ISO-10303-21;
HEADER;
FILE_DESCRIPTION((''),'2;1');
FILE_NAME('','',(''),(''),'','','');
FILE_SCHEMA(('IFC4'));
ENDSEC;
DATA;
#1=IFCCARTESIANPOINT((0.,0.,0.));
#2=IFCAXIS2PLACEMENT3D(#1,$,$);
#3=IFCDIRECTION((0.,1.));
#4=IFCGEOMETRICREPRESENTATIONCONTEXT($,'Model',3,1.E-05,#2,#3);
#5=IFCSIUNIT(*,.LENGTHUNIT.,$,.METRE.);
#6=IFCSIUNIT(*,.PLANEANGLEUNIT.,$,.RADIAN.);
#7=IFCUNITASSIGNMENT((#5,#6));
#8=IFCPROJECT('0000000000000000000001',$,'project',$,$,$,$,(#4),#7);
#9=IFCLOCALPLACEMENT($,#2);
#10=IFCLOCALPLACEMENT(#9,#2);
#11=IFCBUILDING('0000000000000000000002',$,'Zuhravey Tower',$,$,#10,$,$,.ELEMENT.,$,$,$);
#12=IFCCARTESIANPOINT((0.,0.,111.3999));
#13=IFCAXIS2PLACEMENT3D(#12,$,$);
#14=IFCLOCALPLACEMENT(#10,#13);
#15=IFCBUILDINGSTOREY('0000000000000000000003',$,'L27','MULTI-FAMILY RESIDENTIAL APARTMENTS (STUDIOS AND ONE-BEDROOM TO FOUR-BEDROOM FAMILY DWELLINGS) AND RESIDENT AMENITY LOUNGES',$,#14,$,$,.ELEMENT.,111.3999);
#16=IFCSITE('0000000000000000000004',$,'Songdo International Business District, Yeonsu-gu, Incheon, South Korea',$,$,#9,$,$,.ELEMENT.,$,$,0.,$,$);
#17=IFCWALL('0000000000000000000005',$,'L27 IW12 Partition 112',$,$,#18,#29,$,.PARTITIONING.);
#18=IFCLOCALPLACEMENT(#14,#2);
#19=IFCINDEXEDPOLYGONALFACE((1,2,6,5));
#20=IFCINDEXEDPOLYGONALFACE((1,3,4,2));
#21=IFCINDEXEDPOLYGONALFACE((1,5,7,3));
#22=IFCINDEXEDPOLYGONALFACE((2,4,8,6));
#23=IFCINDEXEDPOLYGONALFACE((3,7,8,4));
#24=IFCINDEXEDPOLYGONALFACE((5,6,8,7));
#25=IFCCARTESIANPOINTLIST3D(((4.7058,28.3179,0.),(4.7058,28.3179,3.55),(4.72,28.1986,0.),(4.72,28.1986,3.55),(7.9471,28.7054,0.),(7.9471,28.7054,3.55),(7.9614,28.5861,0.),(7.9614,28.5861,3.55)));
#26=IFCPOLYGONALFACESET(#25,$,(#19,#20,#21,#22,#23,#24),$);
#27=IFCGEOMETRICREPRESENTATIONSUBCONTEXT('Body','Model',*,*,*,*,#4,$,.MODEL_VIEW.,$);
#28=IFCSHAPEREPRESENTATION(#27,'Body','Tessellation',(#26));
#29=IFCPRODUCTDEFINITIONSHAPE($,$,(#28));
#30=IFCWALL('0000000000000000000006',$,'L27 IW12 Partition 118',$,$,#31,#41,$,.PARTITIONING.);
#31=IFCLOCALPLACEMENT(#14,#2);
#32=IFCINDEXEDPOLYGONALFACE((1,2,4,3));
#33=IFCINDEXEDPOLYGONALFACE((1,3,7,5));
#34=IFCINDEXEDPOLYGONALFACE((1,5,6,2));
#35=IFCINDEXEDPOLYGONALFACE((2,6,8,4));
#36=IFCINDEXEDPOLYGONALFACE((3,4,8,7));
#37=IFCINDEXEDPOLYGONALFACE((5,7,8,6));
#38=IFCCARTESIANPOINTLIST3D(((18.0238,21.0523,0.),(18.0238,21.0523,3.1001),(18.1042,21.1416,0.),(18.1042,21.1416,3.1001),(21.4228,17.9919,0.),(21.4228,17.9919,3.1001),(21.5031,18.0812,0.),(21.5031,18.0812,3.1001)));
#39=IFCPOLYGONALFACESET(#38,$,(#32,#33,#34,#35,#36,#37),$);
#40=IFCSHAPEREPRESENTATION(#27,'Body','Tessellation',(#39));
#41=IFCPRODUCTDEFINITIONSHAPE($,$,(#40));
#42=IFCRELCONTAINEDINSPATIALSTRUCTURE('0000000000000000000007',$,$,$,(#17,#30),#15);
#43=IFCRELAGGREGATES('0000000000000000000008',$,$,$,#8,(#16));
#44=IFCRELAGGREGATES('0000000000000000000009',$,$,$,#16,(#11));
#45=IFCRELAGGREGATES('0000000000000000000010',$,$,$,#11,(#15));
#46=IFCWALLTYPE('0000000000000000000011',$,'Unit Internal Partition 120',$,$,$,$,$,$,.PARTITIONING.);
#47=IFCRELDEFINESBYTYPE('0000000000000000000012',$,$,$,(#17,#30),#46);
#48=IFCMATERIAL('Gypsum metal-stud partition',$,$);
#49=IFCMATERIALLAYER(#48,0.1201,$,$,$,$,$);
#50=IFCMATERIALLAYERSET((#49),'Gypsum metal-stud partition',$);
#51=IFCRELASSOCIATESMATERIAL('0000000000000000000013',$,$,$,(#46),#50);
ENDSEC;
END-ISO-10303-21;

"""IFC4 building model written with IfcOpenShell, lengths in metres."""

from ifc_helpers import new_model, si_unit, direction, frame, frame_2d, origin, place, context, subcontext, project, spatial, rectangle, extrude, material, layer, layer_set, type_object, element, save


model = new_model("IFC4")

# Units and contexts
model_context = context("Model", 3, precision=1e-05, world=origin(), true_north=direction((0.0, 1.0)))
body_context = subcontext(model_context, "Body", "Model", "MODEL_VIEW")
ifc_project = project(units=[si_unit("LENGTHUNIT", "METRE"), si_unit("PLANEANGLEUNIT", "RADIAN")], contexts=[model_context])

# Site, building, storey
site_placement = place(None, origin())
site = spatial("IfcSite", under=ifc_project, at=site_placement, Name="Songdo International Business District, Yeonsu-gu, Incheon, South Korea", CompositionType="ELEMENT", RefElevation=0.0)
building_placement = place(site_placement, origin())
building = spatial("IfcBuilding", under=site, at=building_placement, Name="Zuhravey Tower", CompositionType="ELEMENT")
storey_placement = place(building_placement, frame((0.0, 0.0, 111.3999)))
storey = spatial("IfcBuildingStorey", under=building, at=storey_placement, Name="L27", Description="MULTI-FAMILY RESIDENTIAL APARTMENTS (STUDIOS AND ONE-BEDROOM TO FOUR-BEDROOM FAMILY DWELLINGS) AND RESIDENT AMENITY LOUNGES", CompositionType="ELEMENT", Elevation=111.3999)

# Shared definitions
ifc_material_1 = material(Name="Gypsum metal-stud partition")
ifc_layer_1 = layer(ifc_material_1, 0.1201)
ifc_layer_set_1 = layer_set([ifc_layer_1], Name="Gypsum metal-stud partition")
wall_type_1 = type_object("IfcWallType", Name="Unit Internal Partition 120", PredefinedType="PARTITIONING", material=ifc_layer_set_1)

# Walls
wall_1_placement = place(storey_placement, frame((7.9543, 28.6458, 0.0), z_axis=(0.0, 0.0, 1.0), x_axis=(-0.992931, -0.118694, 0.0)))
element("IfcWall", 1, at=wall_1_placement, inside=storey, type_object=wall_type_1, Name="L27 IW12 Partition 112", PredefinedType="PARTITIONING", context=body_context, shape_type="SweptSolid", body=[
    extrude(rectangle(XDim=3.2644, YDim=0.1201, at=frame_2d((1.6323, 0.0))), origin(), (0.0, 0.0, 1.0), 3.55),
])
wall_2_placement = place(storey_placement, frame((18.064, 21.0969, 0.0), z_axis=(0.0, 0.0, 1.0), x_axis=(0.743156, -0.669118, 0.0)))
element("IfcWall", 2, at=wall_2_placement, inside=storey, type_object=wall_type_1, Name="L27 IW12 Partition 118", PredefinedType="PARTITIONING", context=body_context, shape_type="SweptSolid", body=[
    extrude(rectangle(XDim=4.5737, YDim=0.1201, at=frame_2d((2.2869, 0.0))), origin(), (0.0, 0.0, 1.0), 3.1001),
])

save(model, "model.ifc")
